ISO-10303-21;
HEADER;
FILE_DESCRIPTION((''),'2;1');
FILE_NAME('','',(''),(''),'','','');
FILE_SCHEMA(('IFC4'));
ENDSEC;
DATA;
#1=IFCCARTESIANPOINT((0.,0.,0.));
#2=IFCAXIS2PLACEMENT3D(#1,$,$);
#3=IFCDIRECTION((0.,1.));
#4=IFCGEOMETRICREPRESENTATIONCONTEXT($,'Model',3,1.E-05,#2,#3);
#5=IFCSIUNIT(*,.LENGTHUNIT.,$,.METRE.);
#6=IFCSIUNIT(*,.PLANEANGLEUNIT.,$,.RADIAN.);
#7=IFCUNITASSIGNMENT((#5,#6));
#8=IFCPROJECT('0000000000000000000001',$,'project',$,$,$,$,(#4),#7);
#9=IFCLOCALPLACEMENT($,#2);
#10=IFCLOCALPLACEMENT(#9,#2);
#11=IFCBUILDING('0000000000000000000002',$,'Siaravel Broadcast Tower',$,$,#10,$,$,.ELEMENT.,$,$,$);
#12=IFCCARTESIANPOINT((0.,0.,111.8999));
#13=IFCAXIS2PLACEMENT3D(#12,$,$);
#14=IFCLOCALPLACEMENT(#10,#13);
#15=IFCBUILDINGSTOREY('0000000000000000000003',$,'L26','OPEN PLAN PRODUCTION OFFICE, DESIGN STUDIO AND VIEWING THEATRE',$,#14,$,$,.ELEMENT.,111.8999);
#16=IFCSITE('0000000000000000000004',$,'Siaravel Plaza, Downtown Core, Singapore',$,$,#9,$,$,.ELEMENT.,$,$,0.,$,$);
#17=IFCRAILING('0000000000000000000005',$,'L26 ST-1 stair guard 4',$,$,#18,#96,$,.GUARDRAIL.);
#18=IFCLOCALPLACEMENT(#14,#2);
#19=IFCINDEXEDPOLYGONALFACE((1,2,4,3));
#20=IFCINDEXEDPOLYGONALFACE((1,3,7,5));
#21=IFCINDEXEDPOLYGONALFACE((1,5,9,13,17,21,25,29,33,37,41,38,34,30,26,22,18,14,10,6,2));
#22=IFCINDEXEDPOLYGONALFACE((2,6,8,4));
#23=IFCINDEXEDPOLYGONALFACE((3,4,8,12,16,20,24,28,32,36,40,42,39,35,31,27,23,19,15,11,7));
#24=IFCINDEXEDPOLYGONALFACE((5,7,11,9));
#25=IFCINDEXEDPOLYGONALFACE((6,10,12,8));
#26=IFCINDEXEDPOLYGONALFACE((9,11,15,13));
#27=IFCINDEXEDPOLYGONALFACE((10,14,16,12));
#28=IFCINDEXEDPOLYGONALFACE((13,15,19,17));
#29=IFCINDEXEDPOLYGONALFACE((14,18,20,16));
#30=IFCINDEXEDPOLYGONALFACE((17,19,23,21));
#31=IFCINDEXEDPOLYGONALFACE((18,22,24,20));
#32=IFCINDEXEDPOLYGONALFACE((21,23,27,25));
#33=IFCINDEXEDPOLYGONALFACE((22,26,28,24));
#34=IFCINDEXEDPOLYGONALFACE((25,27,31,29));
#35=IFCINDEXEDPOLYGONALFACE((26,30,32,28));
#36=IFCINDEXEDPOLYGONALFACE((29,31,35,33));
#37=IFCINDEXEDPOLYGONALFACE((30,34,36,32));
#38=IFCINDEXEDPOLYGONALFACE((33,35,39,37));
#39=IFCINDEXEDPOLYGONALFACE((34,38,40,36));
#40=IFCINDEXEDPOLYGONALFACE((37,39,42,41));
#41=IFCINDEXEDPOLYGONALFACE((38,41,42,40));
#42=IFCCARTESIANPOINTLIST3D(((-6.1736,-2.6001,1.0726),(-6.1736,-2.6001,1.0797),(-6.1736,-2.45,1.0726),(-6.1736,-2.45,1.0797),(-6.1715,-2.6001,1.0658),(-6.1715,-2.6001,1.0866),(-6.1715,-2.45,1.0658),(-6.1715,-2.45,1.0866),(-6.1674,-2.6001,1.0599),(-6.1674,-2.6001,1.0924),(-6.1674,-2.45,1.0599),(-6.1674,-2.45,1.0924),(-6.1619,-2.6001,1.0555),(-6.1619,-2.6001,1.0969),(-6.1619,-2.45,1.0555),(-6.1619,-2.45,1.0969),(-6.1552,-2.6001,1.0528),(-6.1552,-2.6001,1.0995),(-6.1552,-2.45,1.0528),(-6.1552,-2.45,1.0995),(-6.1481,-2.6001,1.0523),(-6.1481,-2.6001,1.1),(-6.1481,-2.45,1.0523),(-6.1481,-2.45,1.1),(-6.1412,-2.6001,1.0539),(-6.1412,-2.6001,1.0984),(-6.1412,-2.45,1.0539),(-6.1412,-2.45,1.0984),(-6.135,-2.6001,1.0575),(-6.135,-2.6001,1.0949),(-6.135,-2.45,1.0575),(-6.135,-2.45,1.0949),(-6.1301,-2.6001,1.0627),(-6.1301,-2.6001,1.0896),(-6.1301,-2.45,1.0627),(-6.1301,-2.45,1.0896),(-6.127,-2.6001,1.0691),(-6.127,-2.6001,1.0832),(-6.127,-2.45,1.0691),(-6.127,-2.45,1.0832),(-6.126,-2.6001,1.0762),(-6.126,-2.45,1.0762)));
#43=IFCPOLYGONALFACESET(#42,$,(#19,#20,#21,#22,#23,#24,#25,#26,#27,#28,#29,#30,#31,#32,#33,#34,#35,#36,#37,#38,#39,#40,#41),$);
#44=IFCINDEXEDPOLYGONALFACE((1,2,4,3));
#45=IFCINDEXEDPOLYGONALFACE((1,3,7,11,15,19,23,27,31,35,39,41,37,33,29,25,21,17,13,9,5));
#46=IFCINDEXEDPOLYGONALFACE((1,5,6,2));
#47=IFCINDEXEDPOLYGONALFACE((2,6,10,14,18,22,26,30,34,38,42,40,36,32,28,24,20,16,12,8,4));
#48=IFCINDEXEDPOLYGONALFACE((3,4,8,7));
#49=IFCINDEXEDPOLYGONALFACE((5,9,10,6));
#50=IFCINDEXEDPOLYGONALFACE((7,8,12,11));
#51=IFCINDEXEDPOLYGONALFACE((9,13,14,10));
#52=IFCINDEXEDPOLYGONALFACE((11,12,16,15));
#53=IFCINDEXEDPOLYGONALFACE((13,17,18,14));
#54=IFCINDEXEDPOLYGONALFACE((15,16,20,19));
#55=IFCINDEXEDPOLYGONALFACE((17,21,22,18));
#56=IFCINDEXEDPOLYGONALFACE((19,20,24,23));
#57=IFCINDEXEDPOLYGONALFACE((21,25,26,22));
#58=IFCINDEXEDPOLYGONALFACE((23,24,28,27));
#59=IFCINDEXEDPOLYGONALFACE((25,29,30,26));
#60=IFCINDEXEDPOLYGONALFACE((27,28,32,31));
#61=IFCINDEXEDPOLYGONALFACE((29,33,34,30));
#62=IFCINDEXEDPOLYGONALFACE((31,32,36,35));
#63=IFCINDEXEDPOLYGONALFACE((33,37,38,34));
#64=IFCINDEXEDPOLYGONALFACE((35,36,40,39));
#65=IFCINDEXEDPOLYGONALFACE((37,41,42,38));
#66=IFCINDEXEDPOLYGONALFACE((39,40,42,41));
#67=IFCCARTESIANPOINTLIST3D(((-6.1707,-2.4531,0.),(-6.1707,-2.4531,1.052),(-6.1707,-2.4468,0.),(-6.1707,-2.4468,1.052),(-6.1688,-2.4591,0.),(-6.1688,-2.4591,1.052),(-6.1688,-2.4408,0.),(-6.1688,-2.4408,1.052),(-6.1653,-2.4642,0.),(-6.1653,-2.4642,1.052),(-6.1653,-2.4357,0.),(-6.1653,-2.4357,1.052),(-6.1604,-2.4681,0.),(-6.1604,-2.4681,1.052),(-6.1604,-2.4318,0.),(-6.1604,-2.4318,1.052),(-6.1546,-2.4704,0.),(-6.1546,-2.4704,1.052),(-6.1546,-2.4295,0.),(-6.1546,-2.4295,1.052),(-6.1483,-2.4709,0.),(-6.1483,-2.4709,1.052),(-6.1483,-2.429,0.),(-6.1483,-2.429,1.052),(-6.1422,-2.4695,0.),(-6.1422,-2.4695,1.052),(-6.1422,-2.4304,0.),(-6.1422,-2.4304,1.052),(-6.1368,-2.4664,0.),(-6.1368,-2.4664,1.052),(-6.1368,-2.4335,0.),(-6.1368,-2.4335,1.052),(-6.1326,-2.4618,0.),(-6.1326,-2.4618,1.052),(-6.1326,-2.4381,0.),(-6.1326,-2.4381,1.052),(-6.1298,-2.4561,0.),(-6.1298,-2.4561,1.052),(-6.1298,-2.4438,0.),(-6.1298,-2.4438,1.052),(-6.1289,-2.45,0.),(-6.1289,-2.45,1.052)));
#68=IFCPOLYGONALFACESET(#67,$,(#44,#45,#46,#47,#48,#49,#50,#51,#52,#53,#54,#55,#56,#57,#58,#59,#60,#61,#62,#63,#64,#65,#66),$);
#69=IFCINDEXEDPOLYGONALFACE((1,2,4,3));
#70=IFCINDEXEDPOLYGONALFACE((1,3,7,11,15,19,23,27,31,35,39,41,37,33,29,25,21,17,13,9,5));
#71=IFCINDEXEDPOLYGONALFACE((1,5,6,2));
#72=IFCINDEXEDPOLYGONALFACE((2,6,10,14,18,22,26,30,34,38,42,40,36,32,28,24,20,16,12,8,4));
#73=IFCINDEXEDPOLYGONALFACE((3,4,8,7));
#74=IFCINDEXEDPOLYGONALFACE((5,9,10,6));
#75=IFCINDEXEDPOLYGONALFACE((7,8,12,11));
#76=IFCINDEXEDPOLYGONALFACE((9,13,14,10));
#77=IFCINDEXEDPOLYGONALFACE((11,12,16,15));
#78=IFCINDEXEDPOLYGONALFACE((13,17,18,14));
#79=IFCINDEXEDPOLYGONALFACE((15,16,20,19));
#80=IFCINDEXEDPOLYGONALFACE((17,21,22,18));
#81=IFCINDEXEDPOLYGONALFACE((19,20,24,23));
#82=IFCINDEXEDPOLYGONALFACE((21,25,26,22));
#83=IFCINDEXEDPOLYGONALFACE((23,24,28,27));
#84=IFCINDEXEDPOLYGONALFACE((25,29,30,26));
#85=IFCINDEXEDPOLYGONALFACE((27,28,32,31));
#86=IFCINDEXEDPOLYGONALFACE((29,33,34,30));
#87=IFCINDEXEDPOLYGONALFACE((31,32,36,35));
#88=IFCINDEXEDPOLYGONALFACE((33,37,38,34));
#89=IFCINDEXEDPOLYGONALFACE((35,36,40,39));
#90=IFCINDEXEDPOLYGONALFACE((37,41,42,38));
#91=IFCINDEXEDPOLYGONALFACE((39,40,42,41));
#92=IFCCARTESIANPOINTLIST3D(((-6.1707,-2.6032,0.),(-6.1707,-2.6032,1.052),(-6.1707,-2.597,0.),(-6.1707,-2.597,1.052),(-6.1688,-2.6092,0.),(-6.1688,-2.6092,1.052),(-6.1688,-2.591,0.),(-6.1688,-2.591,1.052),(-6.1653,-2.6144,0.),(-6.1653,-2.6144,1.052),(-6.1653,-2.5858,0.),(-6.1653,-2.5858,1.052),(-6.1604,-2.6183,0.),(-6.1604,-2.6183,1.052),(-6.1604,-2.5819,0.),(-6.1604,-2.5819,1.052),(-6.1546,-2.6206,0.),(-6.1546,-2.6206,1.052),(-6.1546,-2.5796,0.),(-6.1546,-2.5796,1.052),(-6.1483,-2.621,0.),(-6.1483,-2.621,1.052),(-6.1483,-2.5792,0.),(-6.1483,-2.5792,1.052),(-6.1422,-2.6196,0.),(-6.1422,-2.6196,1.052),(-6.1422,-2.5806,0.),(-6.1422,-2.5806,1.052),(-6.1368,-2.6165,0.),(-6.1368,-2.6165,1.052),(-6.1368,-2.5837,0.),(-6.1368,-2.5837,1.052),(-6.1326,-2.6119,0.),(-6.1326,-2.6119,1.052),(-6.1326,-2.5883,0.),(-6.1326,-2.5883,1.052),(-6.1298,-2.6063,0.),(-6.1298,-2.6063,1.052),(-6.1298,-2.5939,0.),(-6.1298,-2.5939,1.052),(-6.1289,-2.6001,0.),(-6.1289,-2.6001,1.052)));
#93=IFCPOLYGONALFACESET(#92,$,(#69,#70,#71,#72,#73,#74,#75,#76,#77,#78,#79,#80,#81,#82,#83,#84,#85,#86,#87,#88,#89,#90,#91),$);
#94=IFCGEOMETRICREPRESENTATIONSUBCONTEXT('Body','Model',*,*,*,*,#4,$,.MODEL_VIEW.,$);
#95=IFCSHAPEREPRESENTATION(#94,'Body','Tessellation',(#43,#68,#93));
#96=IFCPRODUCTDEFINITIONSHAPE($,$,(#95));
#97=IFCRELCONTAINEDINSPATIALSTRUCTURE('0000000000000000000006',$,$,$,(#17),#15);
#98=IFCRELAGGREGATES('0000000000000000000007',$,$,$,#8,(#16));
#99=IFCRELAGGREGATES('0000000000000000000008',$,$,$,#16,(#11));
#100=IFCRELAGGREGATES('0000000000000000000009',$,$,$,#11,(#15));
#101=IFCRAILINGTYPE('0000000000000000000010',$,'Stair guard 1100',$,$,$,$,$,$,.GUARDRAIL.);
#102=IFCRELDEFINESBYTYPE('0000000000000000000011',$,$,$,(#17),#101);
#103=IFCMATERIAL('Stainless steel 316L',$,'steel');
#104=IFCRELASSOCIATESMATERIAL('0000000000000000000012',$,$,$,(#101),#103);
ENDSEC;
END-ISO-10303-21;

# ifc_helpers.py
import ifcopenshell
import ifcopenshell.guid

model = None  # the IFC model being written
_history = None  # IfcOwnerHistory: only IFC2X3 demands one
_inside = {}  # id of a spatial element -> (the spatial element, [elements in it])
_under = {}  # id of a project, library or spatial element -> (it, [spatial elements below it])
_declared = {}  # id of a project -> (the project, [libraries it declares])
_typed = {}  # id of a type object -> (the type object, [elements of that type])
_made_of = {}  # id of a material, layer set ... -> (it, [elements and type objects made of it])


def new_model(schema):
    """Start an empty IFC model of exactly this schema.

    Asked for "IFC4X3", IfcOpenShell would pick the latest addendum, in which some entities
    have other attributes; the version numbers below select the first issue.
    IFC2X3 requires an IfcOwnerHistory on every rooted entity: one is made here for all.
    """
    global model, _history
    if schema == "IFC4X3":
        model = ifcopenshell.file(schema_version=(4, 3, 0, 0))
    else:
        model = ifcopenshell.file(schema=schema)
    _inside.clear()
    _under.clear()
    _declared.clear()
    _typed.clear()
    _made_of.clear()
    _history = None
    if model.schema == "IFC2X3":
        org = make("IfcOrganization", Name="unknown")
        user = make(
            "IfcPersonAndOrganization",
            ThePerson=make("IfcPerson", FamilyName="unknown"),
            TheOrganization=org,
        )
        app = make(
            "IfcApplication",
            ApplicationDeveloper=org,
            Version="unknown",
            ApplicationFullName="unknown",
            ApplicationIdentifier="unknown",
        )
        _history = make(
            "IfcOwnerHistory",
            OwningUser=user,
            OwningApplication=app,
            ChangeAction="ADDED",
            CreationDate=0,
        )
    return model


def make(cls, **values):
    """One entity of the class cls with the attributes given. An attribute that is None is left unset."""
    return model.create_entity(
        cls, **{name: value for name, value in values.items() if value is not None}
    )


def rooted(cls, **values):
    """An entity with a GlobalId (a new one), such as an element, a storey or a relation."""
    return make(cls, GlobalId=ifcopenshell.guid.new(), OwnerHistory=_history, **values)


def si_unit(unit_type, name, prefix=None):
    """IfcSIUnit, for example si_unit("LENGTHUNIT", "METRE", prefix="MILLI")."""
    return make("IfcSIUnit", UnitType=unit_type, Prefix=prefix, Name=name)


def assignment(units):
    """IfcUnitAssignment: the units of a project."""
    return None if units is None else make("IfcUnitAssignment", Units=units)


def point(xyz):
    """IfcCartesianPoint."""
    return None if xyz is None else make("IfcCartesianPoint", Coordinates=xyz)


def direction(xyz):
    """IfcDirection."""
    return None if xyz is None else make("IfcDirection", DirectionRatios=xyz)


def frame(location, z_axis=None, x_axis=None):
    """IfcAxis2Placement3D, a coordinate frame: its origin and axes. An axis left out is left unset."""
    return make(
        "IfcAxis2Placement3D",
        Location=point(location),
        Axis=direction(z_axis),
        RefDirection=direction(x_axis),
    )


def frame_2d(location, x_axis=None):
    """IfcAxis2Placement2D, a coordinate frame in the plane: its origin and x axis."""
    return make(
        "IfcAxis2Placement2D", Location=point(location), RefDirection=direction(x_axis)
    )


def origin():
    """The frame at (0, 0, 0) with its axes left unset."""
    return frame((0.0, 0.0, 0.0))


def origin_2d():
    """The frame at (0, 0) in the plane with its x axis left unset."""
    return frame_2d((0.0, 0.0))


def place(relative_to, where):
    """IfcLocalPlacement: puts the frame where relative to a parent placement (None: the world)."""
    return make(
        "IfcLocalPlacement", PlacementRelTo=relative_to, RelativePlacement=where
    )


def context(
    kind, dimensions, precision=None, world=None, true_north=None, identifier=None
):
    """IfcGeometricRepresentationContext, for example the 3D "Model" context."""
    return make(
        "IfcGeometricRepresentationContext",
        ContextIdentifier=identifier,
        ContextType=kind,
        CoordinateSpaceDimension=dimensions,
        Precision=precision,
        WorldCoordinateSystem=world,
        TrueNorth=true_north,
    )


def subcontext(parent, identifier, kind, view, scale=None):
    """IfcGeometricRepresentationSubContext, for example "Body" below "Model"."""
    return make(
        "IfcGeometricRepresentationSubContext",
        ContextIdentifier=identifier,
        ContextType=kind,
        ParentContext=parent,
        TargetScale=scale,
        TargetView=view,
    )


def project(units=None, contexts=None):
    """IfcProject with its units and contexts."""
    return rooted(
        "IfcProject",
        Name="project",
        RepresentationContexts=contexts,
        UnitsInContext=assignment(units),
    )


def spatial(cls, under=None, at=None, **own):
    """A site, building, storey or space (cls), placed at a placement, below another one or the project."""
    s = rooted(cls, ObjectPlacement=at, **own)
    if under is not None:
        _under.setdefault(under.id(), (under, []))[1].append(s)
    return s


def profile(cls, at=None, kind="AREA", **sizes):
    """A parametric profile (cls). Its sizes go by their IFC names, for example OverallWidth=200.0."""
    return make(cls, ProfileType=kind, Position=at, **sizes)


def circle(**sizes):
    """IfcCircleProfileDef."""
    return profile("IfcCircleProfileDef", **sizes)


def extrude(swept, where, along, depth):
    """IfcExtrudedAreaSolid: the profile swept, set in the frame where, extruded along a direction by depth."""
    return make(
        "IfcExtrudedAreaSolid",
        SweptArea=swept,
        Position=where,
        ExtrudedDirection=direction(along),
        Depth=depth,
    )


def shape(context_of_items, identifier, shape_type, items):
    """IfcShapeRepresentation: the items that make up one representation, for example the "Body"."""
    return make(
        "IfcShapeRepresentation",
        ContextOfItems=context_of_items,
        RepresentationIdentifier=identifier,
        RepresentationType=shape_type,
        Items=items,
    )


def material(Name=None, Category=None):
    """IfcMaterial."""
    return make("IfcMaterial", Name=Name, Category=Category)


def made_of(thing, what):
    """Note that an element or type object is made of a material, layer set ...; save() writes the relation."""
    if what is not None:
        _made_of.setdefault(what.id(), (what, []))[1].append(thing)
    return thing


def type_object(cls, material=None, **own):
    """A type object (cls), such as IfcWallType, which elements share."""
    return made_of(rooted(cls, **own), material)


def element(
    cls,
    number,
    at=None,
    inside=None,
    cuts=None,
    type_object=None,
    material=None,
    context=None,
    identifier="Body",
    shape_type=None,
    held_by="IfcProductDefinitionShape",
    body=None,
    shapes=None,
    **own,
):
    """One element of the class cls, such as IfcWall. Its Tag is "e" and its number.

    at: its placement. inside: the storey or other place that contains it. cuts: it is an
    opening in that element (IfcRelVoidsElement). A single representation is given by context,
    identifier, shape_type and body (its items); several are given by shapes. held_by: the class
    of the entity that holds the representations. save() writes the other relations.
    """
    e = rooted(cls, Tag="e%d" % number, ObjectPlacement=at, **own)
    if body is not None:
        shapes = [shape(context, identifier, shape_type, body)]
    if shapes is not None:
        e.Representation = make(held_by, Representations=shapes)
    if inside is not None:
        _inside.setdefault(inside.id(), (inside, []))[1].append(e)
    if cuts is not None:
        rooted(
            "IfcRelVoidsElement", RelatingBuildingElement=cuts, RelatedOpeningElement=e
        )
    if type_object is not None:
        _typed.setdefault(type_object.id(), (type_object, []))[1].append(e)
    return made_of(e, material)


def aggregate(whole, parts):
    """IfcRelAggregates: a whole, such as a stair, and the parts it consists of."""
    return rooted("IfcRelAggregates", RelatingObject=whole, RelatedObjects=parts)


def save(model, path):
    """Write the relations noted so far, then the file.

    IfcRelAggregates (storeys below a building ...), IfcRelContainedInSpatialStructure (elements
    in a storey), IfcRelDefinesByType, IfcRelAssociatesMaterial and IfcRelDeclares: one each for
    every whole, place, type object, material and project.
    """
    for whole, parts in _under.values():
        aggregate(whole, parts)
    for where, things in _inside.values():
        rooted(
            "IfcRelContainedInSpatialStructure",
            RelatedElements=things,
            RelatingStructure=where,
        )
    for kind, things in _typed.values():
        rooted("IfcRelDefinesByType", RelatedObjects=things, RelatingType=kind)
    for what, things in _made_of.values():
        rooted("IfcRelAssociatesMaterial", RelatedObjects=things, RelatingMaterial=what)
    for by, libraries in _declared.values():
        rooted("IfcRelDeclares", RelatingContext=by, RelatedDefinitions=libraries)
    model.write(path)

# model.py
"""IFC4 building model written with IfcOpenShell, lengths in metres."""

from ifc_helpers import new_model, si_unit, direction, frame, origin, origin_2d, place, context, subcontext, project, spatial, circle, extrude, material, type_object, element, save


model = new_model("IFC4")

# Units and contexts
model_context = context("Model", 3, precision=1e-05, world=origin(), true_north=direction((0.0, 1.0)))
body_context = subcontext(model_context, "Body", "Model", "MODEL_VIEW")
ifc_project = project(units=[si_unit("LENGTHUNIT", "METRE"), si_unit("PLANEANGLEUNIT", "RADIAN")], contexts=[model_context])

# Site, building, storey
site_placement = place(None, origin())
site = spatial("IfcSite", under=ifc_project, at=site_placement, Name="Siaravel Plaza, Downtown Core, Singapore", CompositionType="ELEMENT", RefElevation=0.0)
building_placement = place(site_placement, origin())
building = spatial("IfcBuilding", under=site, at=building_placement, Name="Siaravel Broadcast Tower", CompositionType="ELEMENT")
storey_placement = place(building_placement, frame((0.0, 0.0, 111.8999)))
storey = spatial("IfcBuildingStorey", under=building, at=storey_placement, Name="L26", Description="OPEN PLAN PRODUCTION OFFICE, DESIGN STUDIO AND VIEWING THEATRE", CompositionType="ELEMENT", Elevation=111.8999)

# Railing
ifc_material_1 = material(Name="Stainless steel 316L", Category="steel")
railing_type_1 = type_object("IfcRailingType", Name="Stair guard 1100", PredefinedType="GUARDRAIL", material=ifc_material_1)
railing_1_placement = place(storey_placement, frame((-6.1499, -2.45, 0.0)))
element("IfcRailing", 1, at=railing_1_placement, inside=storey, type_object=railing_type_1, Name="L26 ST-1 stair guard 4", PredefinedType="GUARDRAIL", context=body_context, shape_type="SweptSolid", body=[
    extrude(circle(Radius=0.0239, at=origin_2d()), frame((0.0, 0.0, 1.0762), z_axis=(0.0, -1.0, 0.0), x_axis=(1.0, 0.0, 0.0)), (0.0, 0.0, 1.0), 0.1501),
    extrude(circle(Radius=0.021, at=origin_2d()), origin(), (0.0, 0.0, 1.0), 1.052),
    extrude(circle(Radius=0.021, at=origin_2d()), frame((0.0, -0.1501, 0.0)), (0.0, 0.0, 1.0), 1.052),
])

save(model, "model.ifc")
